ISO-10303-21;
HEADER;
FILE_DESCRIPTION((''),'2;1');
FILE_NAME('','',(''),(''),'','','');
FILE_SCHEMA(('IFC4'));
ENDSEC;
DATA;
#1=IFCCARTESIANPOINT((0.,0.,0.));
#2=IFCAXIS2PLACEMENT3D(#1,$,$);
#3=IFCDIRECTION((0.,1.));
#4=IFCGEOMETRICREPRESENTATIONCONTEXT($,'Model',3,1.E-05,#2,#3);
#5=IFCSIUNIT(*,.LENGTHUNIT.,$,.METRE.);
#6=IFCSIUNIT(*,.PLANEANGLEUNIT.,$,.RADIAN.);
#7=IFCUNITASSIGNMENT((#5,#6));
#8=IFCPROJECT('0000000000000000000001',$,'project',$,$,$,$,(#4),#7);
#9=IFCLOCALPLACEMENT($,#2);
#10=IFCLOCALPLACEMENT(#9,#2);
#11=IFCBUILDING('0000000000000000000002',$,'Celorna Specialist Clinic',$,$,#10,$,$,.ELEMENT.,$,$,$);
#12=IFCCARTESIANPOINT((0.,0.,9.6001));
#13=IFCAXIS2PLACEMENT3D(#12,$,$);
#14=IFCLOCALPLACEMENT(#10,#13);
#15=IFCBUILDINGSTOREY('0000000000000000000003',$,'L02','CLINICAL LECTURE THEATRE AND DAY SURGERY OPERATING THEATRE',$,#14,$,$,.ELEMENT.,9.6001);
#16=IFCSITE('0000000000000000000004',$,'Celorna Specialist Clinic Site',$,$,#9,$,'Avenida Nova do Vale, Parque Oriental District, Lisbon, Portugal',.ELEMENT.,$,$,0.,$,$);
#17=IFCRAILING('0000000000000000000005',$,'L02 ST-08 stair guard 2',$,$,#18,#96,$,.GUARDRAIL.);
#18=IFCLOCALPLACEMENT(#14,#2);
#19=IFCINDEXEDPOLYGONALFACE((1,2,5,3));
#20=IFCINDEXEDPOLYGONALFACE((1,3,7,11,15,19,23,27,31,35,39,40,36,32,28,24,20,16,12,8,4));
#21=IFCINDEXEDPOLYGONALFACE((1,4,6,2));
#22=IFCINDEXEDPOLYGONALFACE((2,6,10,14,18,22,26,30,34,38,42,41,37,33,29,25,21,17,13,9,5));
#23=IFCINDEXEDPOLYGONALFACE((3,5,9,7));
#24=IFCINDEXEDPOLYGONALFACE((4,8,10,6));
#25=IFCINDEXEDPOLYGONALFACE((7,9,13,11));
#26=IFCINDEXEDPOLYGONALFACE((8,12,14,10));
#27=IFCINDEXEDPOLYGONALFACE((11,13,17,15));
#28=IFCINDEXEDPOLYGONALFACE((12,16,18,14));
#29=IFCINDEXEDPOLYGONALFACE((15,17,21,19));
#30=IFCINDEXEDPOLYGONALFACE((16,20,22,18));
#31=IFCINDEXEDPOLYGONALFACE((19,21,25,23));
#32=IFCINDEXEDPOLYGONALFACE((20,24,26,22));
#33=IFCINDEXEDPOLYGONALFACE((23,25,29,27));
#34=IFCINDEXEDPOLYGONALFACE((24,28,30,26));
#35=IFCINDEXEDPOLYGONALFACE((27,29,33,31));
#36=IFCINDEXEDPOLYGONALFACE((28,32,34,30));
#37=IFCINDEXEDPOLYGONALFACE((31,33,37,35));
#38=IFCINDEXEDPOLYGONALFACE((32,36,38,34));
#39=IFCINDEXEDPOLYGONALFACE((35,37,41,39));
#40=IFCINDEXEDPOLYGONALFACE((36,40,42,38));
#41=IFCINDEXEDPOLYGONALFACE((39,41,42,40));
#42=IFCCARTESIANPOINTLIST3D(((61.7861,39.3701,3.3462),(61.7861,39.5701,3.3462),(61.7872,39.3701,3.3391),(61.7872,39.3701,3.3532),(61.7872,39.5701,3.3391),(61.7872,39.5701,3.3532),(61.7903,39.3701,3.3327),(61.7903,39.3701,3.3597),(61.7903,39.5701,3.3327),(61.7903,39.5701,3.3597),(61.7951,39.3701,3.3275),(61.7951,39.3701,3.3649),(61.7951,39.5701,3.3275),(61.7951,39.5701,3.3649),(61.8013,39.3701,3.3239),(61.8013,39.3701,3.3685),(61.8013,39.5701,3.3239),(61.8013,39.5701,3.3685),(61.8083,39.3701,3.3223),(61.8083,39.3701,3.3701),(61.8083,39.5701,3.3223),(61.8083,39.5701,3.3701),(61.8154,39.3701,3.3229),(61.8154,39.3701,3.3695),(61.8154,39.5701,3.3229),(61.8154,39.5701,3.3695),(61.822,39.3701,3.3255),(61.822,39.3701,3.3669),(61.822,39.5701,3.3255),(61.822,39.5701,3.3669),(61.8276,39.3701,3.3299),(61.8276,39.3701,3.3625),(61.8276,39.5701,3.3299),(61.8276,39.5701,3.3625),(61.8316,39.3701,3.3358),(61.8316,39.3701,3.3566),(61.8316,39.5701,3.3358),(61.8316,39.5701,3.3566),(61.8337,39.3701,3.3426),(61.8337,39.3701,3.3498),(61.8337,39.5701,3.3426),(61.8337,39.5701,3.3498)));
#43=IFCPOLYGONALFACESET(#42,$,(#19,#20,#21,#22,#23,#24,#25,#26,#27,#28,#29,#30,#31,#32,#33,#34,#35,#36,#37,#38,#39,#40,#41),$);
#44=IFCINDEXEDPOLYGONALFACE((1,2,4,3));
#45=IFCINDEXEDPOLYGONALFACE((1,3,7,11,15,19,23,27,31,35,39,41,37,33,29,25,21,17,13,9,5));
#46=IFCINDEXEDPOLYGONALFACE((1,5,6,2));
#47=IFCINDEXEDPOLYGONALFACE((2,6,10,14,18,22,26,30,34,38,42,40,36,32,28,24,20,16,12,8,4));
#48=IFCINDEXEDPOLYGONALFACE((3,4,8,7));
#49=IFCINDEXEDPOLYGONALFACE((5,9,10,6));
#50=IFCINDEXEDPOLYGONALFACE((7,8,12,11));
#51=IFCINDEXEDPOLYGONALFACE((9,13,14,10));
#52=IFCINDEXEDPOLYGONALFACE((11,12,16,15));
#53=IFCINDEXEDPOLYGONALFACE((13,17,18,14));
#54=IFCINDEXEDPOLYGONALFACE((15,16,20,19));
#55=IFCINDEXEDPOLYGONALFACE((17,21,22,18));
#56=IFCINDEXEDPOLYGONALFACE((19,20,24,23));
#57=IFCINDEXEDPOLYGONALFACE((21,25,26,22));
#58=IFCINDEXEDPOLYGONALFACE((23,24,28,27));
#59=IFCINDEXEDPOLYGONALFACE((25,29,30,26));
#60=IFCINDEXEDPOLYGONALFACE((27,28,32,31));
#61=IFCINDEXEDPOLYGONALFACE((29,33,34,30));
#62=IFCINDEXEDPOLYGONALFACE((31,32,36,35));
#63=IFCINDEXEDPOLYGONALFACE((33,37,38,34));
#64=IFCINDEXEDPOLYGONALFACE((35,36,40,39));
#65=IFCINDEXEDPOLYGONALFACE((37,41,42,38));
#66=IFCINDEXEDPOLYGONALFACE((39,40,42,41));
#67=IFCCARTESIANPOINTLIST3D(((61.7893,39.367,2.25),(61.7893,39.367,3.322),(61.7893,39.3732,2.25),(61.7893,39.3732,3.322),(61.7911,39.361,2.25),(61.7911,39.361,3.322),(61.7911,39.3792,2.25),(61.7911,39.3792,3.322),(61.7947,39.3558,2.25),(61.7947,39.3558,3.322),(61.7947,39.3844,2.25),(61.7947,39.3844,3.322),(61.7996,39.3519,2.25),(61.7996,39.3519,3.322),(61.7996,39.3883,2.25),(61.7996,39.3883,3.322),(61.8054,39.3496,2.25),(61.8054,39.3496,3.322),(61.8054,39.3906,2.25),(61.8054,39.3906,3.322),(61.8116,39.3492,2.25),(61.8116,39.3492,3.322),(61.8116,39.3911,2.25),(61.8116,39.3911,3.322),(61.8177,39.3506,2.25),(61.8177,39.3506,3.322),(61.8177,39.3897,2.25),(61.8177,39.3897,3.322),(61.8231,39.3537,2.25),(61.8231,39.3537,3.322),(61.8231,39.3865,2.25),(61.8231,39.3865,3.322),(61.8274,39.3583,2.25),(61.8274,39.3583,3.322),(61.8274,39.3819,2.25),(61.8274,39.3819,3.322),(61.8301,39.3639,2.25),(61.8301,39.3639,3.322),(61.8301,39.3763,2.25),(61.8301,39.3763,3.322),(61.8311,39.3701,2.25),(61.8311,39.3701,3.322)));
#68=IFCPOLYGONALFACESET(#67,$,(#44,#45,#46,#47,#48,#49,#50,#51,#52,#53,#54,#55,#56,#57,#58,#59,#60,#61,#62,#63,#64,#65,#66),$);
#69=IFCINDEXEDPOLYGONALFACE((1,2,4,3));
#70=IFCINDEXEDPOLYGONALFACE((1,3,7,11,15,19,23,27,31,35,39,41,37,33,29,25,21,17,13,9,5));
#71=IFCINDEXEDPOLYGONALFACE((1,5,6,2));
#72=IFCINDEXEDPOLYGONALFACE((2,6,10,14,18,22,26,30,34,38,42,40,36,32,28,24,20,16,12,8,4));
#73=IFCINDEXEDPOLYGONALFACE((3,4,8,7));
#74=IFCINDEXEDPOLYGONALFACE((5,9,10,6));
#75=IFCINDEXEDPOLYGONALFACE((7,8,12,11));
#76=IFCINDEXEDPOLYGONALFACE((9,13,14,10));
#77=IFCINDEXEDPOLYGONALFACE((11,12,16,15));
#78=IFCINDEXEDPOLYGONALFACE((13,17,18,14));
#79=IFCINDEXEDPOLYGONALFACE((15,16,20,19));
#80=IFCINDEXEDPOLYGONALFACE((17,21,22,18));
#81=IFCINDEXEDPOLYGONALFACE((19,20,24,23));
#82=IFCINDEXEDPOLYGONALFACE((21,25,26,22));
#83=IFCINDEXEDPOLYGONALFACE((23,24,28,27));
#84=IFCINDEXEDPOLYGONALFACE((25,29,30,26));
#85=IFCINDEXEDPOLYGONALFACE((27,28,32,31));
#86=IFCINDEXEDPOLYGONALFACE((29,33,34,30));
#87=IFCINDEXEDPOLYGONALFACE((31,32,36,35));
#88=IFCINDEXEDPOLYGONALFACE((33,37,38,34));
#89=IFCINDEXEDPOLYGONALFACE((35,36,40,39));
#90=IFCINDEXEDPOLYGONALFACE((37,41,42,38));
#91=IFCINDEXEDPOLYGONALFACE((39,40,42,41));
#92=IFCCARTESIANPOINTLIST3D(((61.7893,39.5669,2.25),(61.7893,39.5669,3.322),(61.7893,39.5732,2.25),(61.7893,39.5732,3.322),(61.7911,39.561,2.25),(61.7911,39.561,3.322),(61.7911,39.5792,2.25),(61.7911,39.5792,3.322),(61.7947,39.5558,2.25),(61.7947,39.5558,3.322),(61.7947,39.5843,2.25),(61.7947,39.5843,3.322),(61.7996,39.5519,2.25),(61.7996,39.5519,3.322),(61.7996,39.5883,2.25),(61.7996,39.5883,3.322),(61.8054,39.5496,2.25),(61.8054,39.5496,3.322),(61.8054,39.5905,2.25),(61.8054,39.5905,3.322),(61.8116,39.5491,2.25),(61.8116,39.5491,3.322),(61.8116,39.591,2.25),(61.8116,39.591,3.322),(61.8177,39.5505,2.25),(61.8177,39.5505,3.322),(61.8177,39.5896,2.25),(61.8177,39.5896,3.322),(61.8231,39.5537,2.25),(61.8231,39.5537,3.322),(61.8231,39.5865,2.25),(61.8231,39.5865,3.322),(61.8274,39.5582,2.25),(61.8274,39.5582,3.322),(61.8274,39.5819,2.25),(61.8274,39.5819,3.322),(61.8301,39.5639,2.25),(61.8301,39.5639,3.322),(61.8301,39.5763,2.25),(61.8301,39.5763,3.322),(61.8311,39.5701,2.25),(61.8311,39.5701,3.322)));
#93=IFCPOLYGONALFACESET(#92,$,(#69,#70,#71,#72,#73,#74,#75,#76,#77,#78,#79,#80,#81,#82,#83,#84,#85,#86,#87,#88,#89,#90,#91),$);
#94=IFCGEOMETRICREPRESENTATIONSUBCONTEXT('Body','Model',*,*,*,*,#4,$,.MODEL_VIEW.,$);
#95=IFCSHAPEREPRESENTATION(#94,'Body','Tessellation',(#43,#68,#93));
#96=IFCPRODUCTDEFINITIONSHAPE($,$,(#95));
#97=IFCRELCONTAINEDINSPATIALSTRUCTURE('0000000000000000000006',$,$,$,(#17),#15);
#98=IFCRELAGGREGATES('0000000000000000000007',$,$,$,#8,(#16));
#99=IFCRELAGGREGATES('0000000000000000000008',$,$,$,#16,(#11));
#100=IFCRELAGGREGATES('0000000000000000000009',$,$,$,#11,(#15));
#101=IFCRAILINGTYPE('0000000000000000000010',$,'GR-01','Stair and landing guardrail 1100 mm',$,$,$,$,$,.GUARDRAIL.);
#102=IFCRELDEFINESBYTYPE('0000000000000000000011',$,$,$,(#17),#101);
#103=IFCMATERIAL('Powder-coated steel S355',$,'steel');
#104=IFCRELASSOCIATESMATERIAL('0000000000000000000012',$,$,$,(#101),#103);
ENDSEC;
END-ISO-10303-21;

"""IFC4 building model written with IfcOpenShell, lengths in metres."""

from ifc_helpers import new_model, si_unit, direction, frame, origin, origin_2d, place, context, subcontext, project, spatial, circle, extrude, material, type_object, element, save


model = new_model("IFC4")

# Units and contexts
model_context = context("Model", 3, precision=1e-05, world=origin(), true_north=direction((0.0, 1.0)))
body_context = subcontext(model_context, "Body", "Model", "MODEL_VIEW")
ifc_project = project(units=[si_unit("LENGTHUNIT", "METRE"), si_unit("PLANEANGLEUNIT", "RADIAN")], contexts=[model_context])

# Site, building, storey
site_placement = place(None, origin())
site = spatial("IfcSite", under=ifc_project, at=site_placement, Name="Celorna Specialist Clinic Site", LongName="Avenida Nova do Vale, Parque Oriental District, Lisbon, Portugal", CompositionType="ELEMENT", RefElevation=0.0)
building_placement = place(site_placement, origin())
building = spatial("IfcBuilding", under=site, at=building_placement, Name="Celorna Specialist Clinic", CompositionType="ELEMENT")
storey_placement = place(building_placement, frame((0.0, 0.0, 9.6001)))
storey = spatial("IfcBuildingStorey", under=building, at=storey_placement, Name="L02", Description="CLINICAL LECTURE THEATRE AND DAY SURGERY OPERATING THEATRE", CompositionType="ELEMENT", Elevation=9.6001)

# Railing
ifc_material_1 = material(Name="Powder-coated steel S355", Category="steel")
railing_type_1 = type_object("IfcRailingType", Name="GR-01", Description="Stair and landing guardrail 1100 mm", PredefinedType="GUARDRAIL", material=ifc_material_1)
railing_1_placement = place(storey_placement, frame((61.8101, 39.3701, 2.25)))
element("IfcRailing", 1, at=railing_1_placement, inside=storey, type_object=railing_type_1, Name="L02 ST-08 stair guard 2", PredefinedType="GUARDRAIL", context=body_context, shape_type="SweptSolid", body=[
    extrude(circle(Radius=0.0239, at=origin_2d()), frame((0.0, 0.0, 1.0962), z_axis=(0.0, 1.0, 0.0), x_axis=(-1.0, 0.0, 0.0)), (0.0, 0.0, 1.0), 0.2),
    extrude(circle(Radius=0.021, at=origin_2d()), origin(), (0.0, 0.0, 1.0), 1.072),
    extrude(circle(Radius=0.021, at=origin_2d()), frame((0.0, 0.2, 0.0)), (0.0, 0.0, 1.0), 1.072),
])

save(model, "model.ifc")
